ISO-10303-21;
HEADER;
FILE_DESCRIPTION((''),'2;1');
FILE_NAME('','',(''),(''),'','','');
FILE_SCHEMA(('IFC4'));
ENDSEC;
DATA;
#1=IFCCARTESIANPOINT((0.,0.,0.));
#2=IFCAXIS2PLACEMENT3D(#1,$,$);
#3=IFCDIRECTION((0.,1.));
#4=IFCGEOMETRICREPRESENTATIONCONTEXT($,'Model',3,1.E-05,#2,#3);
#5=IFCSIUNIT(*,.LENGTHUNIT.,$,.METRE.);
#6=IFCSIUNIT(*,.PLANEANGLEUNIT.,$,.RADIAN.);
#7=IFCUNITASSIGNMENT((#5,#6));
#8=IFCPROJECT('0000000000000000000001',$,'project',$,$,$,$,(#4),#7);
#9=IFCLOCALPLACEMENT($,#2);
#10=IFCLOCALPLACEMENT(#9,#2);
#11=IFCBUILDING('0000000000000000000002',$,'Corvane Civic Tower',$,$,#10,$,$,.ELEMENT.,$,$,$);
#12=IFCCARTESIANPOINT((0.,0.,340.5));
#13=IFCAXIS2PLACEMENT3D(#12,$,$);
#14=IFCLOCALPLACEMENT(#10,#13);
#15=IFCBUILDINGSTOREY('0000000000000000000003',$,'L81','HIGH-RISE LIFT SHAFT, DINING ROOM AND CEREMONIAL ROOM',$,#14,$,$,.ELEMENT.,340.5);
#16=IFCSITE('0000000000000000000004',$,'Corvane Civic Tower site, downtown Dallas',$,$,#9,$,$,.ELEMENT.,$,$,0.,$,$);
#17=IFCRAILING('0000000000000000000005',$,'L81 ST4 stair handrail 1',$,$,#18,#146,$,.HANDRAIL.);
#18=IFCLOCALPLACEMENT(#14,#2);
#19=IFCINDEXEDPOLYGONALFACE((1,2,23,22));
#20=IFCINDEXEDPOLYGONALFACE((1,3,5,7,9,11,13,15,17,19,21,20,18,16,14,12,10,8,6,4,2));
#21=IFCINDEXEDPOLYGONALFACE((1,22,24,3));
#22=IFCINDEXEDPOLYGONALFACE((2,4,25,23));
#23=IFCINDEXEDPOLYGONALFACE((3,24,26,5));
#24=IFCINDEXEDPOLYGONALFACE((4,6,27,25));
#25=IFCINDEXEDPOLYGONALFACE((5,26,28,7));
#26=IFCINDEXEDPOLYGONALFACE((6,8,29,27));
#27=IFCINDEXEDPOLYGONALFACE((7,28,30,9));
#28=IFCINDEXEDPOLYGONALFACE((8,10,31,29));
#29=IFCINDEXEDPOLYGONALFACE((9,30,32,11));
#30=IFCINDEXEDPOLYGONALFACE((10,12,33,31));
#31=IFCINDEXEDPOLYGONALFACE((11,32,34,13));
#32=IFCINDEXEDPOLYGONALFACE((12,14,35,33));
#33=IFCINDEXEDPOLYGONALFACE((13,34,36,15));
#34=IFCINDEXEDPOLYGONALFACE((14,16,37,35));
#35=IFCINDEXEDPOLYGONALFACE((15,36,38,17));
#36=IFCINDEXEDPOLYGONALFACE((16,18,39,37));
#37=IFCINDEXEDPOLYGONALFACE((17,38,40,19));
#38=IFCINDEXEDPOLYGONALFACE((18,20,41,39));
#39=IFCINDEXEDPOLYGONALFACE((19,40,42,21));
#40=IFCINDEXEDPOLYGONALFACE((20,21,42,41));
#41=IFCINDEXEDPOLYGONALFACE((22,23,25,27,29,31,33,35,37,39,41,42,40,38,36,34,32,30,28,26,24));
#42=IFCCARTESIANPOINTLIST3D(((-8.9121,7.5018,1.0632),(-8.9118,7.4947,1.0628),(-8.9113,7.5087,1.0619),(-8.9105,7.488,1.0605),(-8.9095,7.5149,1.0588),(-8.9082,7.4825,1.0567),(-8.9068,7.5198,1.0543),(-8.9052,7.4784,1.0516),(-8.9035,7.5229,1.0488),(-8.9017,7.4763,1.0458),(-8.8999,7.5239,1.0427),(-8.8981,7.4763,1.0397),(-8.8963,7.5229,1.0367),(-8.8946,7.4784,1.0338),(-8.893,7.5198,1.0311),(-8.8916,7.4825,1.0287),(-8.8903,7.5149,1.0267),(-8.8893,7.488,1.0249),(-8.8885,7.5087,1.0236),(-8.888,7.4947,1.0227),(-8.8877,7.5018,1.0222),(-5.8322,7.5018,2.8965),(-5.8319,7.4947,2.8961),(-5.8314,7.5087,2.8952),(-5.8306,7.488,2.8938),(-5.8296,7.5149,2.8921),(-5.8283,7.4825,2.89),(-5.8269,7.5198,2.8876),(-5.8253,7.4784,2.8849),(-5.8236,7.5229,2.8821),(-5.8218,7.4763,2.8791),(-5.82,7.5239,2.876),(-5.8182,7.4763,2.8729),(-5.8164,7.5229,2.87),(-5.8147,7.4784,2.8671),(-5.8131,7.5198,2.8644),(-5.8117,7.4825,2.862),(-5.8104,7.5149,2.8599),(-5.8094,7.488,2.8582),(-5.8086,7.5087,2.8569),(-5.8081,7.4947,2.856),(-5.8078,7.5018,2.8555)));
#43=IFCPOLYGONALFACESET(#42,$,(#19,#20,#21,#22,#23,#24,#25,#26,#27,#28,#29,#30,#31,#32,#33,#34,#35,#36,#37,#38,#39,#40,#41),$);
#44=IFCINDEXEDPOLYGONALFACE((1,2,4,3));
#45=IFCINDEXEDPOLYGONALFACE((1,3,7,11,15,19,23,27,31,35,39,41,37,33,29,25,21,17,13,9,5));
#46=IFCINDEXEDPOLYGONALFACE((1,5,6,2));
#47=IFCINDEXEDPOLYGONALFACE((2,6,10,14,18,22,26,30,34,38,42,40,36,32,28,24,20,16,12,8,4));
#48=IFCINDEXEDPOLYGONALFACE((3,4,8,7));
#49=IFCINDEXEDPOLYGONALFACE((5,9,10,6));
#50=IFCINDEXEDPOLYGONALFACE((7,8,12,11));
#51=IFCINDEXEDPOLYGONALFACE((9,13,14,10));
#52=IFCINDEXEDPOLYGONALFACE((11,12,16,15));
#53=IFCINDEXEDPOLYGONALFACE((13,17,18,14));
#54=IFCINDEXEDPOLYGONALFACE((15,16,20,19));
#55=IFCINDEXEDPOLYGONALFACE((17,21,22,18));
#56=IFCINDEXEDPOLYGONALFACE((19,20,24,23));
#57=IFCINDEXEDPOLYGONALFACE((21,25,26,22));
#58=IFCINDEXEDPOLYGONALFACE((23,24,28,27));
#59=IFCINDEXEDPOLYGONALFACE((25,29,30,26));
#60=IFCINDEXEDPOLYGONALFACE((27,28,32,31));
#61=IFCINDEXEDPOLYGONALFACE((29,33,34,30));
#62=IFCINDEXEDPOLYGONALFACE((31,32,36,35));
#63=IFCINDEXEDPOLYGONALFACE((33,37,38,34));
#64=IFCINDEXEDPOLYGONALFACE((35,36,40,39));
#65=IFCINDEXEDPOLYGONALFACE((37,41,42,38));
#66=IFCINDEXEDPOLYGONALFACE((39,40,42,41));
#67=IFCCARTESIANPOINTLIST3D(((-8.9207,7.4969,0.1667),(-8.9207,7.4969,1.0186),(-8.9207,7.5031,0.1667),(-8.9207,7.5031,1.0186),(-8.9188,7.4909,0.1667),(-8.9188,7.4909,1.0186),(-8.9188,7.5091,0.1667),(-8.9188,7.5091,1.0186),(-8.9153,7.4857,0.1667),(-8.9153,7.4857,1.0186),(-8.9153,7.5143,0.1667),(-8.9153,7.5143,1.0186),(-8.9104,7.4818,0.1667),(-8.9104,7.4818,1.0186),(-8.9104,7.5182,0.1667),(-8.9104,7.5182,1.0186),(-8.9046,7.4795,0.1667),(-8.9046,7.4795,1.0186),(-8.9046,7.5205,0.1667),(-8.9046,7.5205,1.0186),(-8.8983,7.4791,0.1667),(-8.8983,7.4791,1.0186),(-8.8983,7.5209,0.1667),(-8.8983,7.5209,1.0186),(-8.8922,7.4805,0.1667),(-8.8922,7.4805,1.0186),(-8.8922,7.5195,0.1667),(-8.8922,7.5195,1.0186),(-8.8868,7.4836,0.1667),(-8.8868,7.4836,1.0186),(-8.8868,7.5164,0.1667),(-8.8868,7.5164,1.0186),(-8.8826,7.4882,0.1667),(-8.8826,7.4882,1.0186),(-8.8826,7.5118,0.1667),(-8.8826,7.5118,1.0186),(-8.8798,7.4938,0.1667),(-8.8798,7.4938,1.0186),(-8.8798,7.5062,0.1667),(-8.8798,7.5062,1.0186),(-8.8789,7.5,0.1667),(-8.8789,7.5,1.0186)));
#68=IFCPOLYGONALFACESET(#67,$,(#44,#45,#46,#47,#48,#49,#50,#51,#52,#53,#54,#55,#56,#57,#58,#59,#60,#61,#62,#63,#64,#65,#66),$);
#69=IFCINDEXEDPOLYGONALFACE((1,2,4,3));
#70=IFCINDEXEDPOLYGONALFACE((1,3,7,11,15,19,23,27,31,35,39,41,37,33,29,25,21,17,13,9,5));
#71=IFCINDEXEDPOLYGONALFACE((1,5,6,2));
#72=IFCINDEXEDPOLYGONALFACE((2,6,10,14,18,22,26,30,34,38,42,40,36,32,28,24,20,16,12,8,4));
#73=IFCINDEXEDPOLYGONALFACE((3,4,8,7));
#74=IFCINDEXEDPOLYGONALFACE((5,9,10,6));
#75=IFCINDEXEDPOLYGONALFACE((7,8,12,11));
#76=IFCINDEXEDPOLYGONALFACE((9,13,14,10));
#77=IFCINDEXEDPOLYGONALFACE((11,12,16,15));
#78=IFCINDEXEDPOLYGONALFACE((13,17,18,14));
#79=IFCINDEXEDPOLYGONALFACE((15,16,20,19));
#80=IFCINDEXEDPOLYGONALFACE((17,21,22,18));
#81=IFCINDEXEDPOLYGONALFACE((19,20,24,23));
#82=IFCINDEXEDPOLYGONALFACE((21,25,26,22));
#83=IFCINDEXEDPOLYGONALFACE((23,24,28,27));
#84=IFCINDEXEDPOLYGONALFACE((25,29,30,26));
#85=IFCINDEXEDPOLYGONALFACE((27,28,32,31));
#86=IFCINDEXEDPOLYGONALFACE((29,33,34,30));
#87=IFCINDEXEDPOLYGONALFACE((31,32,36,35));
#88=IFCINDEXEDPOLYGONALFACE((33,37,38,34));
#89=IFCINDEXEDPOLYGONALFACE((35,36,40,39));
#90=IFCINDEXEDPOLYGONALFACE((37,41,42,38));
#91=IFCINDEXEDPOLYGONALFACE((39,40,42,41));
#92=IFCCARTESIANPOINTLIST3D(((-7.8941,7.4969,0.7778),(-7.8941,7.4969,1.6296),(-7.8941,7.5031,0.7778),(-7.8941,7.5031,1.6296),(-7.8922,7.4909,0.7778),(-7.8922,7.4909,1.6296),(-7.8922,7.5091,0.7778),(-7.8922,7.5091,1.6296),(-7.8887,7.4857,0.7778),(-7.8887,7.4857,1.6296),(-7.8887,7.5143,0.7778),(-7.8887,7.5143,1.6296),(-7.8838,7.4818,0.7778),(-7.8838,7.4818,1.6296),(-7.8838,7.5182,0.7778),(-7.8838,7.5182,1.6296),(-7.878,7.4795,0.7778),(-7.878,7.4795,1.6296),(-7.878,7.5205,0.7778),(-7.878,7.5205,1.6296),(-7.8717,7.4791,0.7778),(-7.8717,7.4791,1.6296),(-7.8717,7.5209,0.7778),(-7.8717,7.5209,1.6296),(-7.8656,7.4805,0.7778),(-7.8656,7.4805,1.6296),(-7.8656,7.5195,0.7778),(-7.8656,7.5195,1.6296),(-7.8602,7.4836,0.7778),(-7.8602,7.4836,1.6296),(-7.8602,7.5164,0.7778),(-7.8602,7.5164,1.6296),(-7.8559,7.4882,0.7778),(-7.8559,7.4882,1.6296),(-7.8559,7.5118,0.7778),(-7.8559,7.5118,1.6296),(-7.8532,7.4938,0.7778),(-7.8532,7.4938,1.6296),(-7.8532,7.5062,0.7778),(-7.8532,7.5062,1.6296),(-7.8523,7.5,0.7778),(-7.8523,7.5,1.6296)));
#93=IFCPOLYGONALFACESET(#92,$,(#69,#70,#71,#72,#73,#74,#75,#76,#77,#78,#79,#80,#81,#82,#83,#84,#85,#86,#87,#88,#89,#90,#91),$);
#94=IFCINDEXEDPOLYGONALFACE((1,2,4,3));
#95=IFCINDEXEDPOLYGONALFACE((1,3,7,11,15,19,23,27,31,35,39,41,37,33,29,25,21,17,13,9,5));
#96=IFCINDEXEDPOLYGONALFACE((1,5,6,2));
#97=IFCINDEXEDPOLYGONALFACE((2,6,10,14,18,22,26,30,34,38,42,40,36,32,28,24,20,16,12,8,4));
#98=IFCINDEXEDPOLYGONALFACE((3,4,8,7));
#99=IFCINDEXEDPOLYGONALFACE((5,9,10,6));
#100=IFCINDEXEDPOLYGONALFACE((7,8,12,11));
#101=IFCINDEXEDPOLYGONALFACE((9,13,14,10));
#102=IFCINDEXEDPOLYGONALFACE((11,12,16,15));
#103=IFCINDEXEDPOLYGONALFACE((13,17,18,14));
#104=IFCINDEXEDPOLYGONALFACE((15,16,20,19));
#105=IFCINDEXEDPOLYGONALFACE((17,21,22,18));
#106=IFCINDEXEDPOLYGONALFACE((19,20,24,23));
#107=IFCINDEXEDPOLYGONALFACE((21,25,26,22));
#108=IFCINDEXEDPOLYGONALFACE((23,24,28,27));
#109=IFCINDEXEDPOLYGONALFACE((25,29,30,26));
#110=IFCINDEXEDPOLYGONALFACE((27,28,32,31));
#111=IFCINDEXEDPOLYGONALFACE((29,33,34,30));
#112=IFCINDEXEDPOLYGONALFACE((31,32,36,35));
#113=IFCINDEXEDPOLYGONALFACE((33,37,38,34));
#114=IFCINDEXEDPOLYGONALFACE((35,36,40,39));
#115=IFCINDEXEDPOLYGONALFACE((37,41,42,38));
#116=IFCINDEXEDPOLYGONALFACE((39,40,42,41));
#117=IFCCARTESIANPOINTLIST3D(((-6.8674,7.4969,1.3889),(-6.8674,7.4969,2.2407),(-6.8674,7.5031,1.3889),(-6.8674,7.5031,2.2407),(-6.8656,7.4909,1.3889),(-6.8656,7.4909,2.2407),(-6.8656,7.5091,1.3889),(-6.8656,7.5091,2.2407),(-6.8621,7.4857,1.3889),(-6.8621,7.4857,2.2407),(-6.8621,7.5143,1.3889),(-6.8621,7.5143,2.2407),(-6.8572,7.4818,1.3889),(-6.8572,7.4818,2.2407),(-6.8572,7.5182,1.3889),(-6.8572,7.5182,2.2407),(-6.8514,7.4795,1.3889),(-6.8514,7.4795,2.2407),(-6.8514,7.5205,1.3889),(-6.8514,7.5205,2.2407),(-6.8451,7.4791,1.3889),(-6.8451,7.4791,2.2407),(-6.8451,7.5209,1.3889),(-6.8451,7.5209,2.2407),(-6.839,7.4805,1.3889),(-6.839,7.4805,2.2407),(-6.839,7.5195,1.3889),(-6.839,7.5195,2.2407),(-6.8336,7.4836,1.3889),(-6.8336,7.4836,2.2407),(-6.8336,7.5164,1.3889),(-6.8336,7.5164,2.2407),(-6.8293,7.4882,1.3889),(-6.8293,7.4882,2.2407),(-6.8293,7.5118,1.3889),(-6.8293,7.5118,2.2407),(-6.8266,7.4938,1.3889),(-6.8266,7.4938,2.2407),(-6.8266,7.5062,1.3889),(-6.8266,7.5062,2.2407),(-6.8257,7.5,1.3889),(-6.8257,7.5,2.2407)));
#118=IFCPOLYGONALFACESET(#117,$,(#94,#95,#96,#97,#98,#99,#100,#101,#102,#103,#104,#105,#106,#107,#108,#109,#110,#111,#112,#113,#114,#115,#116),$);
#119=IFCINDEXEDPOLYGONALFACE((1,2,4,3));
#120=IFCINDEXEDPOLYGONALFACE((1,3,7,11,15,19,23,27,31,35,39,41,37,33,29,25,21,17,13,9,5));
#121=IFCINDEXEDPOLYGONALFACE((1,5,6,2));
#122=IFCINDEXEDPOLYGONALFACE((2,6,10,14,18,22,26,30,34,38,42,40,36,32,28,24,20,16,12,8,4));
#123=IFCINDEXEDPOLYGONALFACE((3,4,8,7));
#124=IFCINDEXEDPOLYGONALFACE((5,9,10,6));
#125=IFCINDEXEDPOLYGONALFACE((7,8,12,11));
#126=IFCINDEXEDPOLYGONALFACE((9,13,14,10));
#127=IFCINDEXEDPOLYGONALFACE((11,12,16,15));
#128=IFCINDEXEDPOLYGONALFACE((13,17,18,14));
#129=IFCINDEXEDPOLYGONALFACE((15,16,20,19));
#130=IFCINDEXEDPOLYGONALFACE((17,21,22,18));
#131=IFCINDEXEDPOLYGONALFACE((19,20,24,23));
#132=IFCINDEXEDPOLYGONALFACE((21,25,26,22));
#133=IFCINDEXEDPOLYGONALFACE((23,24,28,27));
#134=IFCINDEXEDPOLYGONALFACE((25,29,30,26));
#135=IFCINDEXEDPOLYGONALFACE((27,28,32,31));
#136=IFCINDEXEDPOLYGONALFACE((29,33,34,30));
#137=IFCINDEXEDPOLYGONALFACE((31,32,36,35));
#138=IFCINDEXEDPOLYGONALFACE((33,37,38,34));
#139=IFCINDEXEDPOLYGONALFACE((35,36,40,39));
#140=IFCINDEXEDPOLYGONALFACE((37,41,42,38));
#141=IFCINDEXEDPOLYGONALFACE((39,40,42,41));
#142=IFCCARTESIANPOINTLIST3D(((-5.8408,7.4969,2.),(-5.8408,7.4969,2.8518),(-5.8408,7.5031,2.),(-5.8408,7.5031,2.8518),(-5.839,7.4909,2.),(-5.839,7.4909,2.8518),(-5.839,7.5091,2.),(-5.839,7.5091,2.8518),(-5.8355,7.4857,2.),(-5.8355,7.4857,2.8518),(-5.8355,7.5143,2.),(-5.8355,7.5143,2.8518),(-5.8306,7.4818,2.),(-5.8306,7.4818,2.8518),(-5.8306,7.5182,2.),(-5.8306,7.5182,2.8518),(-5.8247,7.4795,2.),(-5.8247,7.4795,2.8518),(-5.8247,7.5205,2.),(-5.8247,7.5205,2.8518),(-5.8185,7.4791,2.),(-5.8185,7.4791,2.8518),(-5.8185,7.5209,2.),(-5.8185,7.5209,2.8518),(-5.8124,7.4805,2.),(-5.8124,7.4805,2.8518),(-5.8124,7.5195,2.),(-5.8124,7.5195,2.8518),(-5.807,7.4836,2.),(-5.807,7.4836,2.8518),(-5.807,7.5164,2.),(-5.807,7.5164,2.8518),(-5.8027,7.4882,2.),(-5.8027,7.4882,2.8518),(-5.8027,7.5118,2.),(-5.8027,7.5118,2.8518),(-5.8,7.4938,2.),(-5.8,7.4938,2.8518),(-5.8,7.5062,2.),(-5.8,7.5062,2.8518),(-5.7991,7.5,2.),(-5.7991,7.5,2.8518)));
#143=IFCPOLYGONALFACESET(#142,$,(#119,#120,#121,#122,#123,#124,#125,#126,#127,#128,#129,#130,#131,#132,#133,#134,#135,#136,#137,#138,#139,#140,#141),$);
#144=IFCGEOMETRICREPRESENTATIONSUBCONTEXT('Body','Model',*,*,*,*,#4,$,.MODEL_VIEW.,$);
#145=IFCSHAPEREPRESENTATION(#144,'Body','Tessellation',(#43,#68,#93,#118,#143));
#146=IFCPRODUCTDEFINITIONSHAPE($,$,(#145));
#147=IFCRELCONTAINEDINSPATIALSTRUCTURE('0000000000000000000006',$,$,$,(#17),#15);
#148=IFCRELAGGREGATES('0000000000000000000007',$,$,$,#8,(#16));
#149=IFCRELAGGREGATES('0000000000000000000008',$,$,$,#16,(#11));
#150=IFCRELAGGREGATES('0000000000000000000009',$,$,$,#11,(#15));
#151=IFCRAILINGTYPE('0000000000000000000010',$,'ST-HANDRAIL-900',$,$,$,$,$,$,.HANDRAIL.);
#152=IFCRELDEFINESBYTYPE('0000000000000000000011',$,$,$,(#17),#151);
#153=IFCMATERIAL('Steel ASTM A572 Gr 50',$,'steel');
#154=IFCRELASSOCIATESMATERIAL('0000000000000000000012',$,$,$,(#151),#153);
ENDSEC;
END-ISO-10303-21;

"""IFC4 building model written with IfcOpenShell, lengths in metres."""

from ifc_helpers import new_model, si_unit, direction, frame, origin, origin_2d, place, context, subcontext, project, spatial, circle, extrude, material, type_object, element, save


model = new_model("IFC4")

# Units and contexts
model_context = context("Model", 3, precision=1e-05, world=origin(), true_north=direction((0.0, 1.0)))
body_context = subcontext(model_context, "Body", "Model", "MODEL_VIEW")
ifc_project = project(units=[si_unit("LENGTHUNIT", "METRE"), si_unit("PLANEANGLEUNIT", "RADIAN")], contexts=[model_context])

# Site, building, storey
site_placement = place(None, origin())
site = spatial("IfcSite", under=ifc_project, at=site_placement, Name="Corvane Civic Tower site, downtown Dallas", CompositionType="ELEMENT", RefElevation=0.0)
building_placement = place(site_placement, origin())
building = spatial("IfcBuilding", under=site, at=building_placement, Name="Corvane Civic Tower", CompositionType="ELEMENT")
storey_placement = place(building_placement, frame((0.0, 0.0, 340.5)))
storey = spatial("IfcBuildingStorey", under=building, at=storey_placement, Name="L81", Description="HIGH-RISE LIFT SHAFT, DINING ROOM AND CEREMONIAL ROOM", CompositionType="ELEMENT", Elevation=340.5)

# Railing
ifc_material_1 = material(Name="Steel ASTM A572 Gr 50", Category="steel")
railing_type_1 = type_object("IfcRailingType", Name="ST-HANDRAIL-900", PredefinedType="HANDRAIL", material=ifc_material_1)
railing_1_placement = place(storey_placement, frame((-8.8999, 7.5, 0.1667)))
element("IfcRailing", 1, at=railing_1_placement, inside=storey, type_object=railing_type_1, Name="L81 ST4 stair handrail 1", PredefinedType="HANDRAIL", context=body_context, shape_type="SweptSolid", body=[
    extrude(circle(Radius=0.0239, at=origin_2d()), frame((0.0, 0.0, 0.876), z_axis=(0.859291, 0.0, 0.511487), x_axis=(0.0, 1.0, 0.0)), (0.0, 0.0, 1.0), 3.5842),
    extrude(circle(Radius=0.021, at=origin_2d()), origin(), (0.0, 0.0, 1.0), 0.8518),
    extrude(circle(Radius=0.021, at=origin_2d()), frame((1.0266, 0.0, 0.6111)), (0.0, 0.0, 1.0), 0.8518),
    extrude(circle(Radius=0.021, at=origin_2d()), frame((2.0532, 0.0, 1.2222)), (0.0, 0.0, 1.0), 0.8518),
    extrude(circle(Radius=0.021, at=origin_2d()), frame((3.0798, 0.0, 1.8333)), (0.0, 0.0, 1.0), 0.8518),
])

save(model, "model.ifc")
